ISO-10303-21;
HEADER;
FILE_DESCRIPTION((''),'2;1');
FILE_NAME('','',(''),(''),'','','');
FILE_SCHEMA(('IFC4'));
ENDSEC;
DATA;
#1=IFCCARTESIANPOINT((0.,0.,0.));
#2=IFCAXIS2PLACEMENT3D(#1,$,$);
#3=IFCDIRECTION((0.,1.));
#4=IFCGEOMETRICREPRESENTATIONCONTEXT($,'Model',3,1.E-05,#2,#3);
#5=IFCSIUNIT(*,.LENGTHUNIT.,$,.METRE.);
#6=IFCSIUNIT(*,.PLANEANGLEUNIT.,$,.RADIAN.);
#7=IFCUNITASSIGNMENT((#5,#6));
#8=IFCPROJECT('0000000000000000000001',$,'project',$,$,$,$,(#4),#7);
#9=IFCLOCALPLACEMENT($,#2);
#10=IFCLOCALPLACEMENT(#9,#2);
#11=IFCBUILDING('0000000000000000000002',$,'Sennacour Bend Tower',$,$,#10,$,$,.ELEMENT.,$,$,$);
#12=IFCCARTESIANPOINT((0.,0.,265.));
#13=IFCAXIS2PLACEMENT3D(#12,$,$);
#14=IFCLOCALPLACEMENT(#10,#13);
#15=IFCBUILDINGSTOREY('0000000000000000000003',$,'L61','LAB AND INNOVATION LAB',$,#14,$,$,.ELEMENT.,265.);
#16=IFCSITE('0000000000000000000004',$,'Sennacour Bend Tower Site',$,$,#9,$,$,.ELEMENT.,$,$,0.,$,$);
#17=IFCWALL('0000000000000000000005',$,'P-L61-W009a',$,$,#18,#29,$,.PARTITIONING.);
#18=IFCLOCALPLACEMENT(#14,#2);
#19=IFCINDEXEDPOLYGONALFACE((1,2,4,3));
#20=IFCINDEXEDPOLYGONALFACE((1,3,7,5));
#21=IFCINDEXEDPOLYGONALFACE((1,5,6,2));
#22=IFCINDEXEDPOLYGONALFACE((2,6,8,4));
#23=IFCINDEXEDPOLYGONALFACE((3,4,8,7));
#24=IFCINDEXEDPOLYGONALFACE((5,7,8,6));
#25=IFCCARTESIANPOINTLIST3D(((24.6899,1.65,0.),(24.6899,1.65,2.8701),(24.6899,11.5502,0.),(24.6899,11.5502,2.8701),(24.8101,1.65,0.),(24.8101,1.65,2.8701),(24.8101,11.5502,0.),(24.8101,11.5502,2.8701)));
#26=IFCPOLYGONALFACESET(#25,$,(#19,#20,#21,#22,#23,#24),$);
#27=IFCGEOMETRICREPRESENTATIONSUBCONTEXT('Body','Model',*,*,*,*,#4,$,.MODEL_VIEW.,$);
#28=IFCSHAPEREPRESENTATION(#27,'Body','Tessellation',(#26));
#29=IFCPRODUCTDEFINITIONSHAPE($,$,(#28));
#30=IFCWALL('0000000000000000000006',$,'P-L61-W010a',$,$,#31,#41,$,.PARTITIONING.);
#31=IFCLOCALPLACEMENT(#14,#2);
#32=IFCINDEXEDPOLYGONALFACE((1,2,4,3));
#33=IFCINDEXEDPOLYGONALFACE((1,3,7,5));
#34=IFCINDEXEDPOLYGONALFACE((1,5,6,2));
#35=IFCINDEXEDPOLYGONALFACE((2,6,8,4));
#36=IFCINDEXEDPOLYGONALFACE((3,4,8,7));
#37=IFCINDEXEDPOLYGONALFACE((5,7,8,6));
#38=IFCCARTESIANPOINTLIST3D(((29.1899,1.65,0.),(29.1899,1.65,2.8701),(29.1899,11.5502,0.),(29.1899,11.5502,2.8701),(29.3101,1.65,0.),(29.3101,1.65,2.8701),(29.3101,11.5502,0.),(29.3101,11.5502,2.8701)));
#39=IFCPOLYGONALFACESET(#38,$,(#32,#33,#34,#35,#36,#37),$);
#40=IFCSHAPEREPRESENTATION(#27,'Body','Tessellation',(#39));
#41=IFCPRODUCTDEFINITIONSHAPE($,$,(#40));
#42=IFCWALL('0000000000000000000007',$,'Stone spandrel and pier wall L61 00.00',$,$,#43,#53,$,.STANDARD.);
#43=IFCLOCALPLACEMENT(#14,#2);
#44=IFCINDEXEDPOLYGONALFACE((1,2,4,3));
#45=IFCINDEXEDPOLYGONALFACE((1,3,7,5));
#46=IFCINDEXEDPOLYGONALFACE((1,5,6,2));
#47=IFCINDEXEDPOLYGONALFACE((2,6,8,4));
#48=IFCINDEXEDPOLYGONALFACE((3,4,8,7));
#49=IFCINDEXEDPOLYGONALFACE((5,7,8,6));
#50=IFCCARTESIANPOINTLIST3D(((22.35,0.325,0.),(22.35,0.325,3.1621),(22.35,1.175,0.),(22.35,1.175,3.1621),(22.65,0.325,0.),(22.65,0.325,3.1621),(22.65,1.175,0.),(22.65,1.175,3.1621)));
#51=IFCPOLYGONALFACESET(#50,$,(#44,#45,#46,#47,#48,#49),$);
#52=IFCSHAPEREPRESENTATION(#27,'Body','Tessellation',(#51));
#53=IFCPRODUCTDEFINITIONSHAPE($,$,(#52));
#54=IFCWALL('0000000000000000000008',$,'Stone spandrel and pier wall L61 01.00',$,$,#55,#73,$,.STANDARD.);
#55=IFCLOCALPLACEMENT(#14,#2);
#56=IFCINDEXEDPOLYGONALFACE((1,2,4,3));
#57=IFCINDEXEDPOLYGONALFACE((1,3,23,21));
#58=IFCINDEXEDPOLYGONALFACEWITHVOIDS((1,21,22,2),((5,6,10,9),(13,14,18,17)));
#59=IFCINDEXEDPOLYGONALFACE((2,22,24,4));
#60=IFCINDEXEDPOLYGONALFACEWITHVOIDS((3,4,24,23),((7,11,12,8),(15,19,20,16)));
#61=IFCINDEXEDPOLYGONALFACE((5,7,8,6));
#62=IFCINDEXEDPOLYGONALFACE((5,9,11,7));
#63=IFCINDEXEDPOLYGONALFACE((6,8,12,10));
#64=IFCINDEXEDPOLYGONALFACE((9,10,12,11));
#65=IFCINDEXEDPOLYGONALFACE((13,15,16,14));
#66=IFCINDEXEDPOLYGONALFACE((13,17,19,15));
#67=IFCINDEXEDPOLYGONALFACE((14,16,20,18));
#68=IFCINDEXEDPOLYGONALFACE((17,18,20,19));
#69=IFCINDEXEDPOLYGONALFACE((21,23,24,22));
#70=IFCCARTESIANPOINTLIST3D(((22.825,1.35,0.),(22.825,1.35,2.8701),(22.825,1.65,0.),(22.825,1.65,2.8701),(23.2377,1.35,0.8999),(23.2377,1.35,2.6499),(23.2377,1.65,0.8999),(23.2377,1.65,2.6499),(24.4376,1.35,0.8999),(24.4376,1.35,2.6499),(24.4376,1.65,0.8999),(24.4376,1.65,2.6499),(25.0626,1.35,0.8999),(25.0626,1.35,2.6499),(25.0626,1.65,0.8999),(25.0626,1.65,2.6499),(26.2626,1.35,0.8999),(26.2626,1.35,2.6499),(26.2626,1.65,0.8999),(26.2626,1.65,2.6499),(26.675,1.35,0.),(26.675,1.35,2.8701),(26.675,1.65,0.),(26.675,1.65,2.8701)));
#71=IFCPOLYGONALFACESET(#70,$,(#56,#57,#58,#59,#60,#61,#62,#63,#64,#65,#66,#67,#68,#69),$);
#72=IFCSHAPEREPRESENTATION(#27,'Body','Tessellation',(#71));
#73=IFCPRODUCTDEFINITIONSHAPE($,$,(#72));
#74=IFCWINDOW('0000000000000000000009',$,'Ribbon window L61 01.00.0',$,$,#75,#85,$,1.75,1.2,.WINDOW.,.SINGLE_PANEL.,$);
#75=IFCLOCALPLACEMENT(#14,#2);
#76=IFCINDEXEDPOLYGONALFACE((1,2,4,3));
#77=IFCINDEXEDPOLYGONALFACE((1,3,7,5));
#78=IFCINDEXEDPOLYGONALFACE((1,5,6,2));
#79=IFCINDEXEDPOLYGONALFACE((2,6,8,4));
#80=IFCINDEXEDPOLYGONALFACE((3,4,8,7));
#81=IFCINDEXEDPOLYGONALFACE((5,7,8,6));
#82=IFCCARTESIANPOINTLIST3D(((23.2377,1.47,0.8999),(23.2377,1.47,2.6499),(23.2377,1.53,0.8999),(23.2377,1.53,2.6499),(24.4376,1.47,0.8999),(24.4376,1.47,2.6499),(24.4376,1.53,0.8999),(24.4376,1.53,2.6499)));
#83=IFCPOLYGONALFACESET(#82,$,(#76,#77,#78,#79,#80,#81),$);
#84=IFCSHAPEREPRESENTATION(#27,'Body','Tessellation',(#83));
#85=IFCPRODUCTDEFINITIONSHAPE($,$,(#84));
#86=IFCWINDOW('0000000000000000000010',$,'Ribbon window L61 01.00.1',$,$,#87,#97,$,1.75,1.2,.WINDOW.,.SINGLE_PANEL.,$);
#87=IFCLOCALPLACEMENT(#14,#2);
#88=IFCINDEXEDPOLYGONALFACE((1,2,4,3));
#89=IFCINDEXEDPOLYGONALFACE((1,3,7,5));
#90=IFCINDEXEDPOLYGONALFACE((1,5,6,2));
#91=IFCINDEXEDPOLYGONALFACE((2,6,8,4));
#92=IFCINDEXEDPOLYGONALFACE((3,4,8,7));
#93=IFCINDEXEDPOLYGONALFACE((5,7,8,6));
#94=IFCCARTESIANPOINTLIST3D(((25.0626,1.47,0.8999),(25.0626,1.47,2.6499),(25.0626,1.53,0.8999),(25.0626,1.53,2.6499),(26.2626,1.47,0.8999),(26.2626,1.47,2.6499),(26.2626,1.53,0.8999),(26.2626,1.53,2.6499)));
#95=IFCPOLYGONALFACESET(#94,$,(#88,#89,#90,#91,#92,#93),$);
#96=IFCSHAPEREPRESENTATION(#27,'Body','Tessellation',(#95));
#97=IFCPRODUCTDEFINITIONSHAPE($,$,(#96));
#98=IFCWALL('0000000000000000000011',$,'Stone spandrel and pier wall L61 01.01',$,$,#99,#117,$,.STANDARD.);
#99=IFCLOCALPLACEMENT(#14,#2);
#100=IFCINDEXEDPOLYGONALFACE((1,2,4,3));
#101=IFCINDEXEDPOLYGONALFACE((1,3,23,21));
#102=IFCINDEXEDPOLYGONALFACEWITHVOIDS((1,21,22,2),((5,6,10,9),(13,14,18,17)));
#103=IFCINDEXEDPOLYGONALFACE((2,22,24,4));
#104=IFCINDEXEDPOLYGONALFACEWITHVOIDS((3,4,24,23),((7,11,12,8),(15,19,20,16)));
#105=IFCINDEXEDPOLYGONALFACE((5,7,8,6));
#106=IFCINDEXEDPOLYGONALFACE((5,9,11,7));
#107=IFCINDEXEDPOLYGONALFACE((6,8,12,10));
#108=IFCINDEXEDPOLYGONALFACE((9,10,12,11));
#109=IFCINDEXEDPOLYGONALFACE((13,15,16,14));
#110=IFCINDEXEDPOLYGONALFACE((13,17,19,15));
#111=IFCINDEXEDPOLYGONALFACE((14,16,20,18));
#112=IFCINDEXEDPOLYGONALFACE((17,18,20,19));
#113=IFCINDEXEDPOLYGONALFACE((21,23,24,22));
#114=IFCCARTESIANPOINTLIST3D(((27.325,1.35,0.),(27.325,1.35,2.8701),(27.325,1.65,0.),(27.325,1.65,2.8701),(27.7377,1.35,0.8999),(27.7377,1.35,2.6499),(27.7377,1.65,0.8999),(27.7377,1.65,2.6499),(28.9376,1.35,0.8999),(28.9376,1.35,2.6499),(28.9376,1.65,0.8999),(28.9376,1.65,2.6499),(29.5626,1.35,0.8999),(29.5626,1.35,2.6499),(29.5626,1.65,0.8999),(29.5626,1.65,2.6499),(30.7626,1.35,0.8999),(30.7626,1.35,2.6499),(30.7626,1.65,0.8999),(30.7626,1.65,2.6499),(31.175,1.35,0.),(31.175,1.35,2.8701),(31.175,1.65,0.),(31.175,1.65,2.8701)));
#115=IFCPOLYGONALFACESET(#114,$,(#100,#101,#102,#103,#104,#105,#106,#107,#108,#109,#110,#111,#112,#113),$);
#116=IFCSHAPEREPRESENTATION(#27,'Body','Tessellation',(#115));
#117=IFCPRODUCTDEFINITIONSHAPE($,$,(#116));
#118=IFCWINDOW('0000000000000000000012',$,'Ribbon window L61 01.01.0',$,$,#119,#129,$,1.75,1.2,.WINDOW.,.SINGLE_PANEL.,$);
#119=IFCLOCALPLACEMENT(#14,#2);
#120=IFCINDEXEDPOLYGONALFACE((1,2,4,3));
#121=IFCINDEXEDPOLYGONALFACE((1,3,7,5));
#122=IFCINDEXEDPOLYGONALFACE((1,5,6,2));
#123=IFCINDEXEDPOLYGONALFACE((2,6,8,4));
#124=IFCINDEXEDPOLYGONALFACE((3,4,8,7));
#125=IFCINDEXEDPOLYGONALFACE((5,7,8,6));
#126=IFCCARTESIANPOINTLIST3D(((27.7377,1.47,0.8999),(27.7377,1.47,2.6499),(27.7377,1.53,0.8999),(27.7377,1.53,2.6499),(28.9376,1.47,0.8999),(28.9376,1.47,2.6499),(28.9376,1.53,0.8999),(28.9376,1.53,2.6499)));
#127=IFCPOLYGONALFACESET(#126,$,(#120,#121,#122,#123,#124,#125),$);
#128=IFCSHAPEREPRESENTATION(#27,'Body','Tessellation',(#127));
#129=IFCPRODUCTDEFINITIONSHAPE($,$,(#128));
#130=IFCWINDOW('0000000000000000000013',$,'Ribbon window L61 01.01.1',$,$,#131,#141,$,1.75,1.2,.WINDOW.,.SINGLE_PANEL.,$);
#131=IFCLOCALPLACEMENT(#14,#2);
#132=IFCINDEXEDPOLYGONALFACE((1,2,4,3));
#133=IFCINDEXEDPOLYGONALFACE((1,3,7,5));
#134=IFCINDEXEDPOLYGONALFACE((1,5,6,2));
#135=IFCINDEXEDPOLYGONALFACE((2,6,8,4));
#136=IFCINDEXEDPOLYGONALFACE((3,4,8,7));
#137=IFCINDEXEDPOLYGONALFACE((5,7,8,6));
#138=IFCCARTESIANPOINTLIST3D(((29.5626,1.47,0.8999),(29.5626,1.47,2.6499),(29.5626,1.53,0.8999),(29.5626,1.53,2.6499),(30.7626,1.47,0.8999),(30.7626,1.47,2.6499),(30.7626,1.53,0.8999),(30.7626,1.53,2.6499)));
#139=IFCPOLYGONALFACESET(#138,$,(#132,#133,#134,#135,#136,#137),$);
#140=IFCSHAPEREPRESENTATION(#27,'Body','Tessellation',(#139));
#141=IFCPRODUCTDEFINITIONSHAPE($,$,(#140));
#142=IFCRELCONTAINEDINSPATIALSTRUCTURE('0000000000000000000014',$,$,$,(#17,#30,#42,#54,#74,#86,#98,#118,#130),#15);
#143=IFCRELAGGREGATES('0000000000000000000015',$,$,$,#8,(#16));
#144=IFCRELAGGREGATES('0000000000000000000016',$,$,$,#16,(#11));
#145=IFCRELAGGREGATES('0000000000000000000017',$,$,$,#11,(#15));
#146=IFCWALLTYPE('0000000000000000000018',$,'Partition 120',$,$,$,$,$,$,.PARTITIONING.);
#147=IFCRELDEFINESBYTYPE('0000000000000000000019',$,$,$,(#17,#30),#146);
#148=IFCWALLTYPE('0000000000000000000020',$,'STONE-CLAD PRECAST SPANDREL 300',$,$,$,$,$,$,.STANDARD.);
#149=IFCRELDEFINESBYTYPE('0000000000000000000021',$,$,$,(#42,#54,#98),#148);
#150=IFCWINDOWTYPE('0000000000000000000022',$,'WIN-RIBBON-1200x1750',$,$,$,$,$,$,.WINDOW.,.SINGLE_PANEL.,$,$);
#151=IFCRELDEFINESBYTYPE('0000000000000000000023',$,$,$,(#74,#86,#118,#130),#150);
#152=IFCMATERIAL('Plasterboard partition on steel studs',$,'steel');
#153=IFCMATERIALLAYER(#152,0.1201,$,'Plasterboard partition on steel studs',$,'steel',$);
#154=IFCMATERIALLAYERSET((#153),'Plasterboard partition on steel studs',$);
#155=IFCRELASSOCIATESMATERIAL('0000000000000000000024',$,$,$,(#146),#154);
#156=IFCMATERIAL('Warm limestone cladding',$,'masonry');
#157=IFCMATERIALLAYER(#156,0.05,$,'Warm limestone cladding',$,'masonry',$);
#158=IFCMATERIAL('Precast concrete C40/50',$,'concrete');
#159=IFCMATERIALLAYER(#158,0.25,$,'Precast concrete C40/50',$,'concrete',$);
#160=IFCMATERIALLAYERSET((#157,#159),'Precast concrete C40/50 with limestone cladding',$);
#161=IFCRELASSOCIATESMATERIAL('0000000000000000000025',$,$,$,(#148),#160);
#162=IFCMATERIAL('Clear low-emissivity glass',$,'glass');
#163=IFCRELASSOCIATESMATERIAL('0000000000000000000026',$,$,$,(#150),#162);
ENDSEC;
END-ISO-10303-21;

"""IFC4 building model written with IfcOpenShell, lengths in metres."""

from ifc_helpers import new_model, si_unit, direction, frame, frame_2d, origin, place, context, subcontext, project, spatial, rectangle, extrude, material, layer, layer_set, type_object, element, fill, save


model = new_model("IFC4")

# Units and contexts
model_context = context("Model", 3, precision=1e-05, world=origin(), true_north=direction((0.0, 1.0)))
body_context = subcontext(model_context, "Body", "Model", "MODEL_VIEW")
ifc_project = project(units=[si_unit("LENGTHUNIT", "METRE"), si_unit("PLANEANGLEUNIT", "RADIAN")], contexts=[model_context])

# Site, building, storey
site_placement = place(None, origin())
site = spatial("IfcSite", under=ifc_project, at=site_placement, Name="Sennacour Bend Tower Site", CompositionType="ELEMENT", RefElevation=0.0)
building_placement = place(site_placement, origin())
building = spatial("IfcBuilding", under=site, at=building_placement, Name="Sennacour Bend Tower", CompositionType="ELEMENT")
storey_placement = place(building_placement, frame((0.0, 0.0, 265.0)))
storey = spatial("IfcBuildingStorey", under=building, at=storey_placement, Name="L61", Description="LAB AND INNOVATION LAB", CompositionType="ELEMENT", Elevation=265.0)

# Walls
ifc_material_1 = material(Name="Plasterboard partition on steel studs", Category="steel")
ifc_layer_1 = layer(ifc_material_1, 0.1201, Name="Plasterboard partition on steel studs", Category="steel")
ifc_layer_set_1 = layer_set([ifc_layer_1], Name="Plasterboard partition on steel studs")
wall_type_1 = type_object("IfcWallType", Name="Partition 120", PredefinedType="PARTITIONING", material=ifc_layer_set_1)
for number, where, z_axis, x_axis, name in (
    (1, (24.75, 1.6499, 0.0), (0.0, 0.0, 1.0), (0.0, 1.0, 0.0), "P-L61-W009a"),
    (2, (29.25, 1.6499, 0.0), (0.0, 0.0, 1.0), (0.0, 1.0, 0.0), "P-L61-W010a"),
):
    element("IfcWall", number, at=place(storey_placement, frame(where, z_axis=z_axis, x_axis=x_axis)), inside=storey, type_object=wall_type_1, Name=name, PredefinedType="PARTITIONING", context=body_context, shape_type="SweptSolid", body=[
        extrude(rectangle(XDim=9.9001, YDim=0.1201, at=frame_2d((4.9502, 0.0))), origin(), (0.0, 0.0, 1.0), 2.8701),
    ])
ifc_material_2 = material(Name="Warm limestone cladding", Category="masonry")
ifc_layer_2 = layer(ifc_material_2, 0.05, Name="Warm limestone cladding", Category="masonry")
ifc_material_3 = material(Name="Precast concrete C40/50", Category="concrete")
ifc_layer_3 = layer(ifc_material_3, 0.25, Name="Precast concrete C40/50", Category="concrete")
ifc_layer_set_2 = layer_set([ifc_layer_2, ifc_layer_3], Name="Precast concrete C40/50 with limestone cladding")
wall_type_2 = type_object("IfcWallType", Name="STONE-CLAD PRECAST SPANDREL 300", PredefinedType="STANDARD", material=ifc_layer_set_2)
wall_1_placement = place(storey_placement, frame((22.5, 0.325, 0.0), z_axis=(0.0, 0.0, 1.0), x_axis=(0.0, 1.0, 0.0)))
element("IfcWall", 3, at=wall_1_placement, inside=storey, type_object=wall_type_2, Name="Stone spandrel and pier wall L61 00.00", PredefinedType="STANDARD", context=body_context, shape_type="SweptSolid", body=[
    extrude(rectangle(XDim=0.8501, YDim=0.3, at=frame_2d((0.425, 0.0))), origin(), (0.0, 0.0, 1.0), 3.1621),
])

# Walls, openings, windows
wall_2_placement = place(storey_placement, frame((22.825, 1.5, 0.0), z_axis=(0.0, 0.0, 1.0), x_axis=(1.0, 0.0, 0.0)))
wall_2 = element("IfcWall", 4, at=wall_2_placement, inside=storey, type_object=wall_type_2, Name="Stone spandrel and pier wall L61 01.00", PredefinedType="STANDARD", context=body_context, shape_type="SweptSolid", body=[
    extrude(rectangle(XDim=3.8501, YDim=0.3, at=frame_2d((1.925, 0.0))), origin(), (0.0, 0.0, 1.0), 2.8701),
])
opening_1_placement = place(wall_2_placement, frame((0.4126, 0.0, 0.8999)))
opening_1 = element("IfcOpeningElement", 5, at=opening_1_placement, cuts=wall_2, PredefinedType="OPENING", context=body_context, shape_type="SweptSolid", body=[
    extrude(rectangle(XDim=1.2, YDim=1.75, at=frame_2d((0.6001, 0.875))), frame((0.0, 0.1602, 0.0), z_axis=(0.0, -1.0, 0.0), x_axis=(1.0, 0.0, 0.0)), (0.0, 0.0, 1.0), 0.3201),
])
opening_2_placement = place(wall_2_placement, frame((2.2375, 0.0, 0.8999)))
opening_2 = element("IfcOpeningElement", 6, at=opening_2_placement, cuts=wall_2, PredefinedType="OPENING", context=body_context, shape_type="SweptSolid", body=[
    extrude(rectangle(XDim=1.2, YDim=1.75, at=frame_2d((0.6001, 0.875))), frame((0.0, 0.1602, 0.0), z_axis=(0.0, -1.0, 0.0), x_axis=(1.0, 0.0, 0.0)), (0.0, 0.0, 1.0), 0.3201),
])
ifc_material_4 = material(Name="Clear low-emissivity glass", Category="glass")
window_type = type_object("IfcWindowType", Name="WIN-RIBBON-1200x1750", PartitioningType="SINGLE_PANEL", PredefinedType="WINDOW", material=ifc_material_4)
window_1_placement = place(opening_1_placement, origin())
window_1 = element("IfcWindow", 7, at=window_1_placement, inside=storey, type_object=window_type, Name="Ribbon window L61 01.00.0", OverallHeight=1.75, OverallWidth=1.2, PartitioningType="SINGLE_PANEL", PredefinedType="WINDOW", context=body_context, shape_type="SweptSolid", body=[
    extrude(rectangle(XDim=1.2, YDim=1.75, at=frame_2d((0.6001, 0.875))), frame((0.0, 0.03, 0.0), z_axis=(0.0, -1.0, 0.0), x_axis=(1.0, 0.0, 0.0)), (0.0, 0.0, 1.0), 0.0601),
])
fill(opening_1, window_1)
window_2_placement = place(opening_2_placement, origin())
window_2 = element("IfcWindow", 8, at=window_2_placement, inside=storey, type_object=window_type, Name="Ribbon window L61 01.00.1", OverallHeight=1.75, OverallWidth=1.2, PartitioningType="SINGLE_PANEL", PredefinedType="WINDOW", context=body_context, shape_type="SweptSolid", body=[
    extrude(rectangle(XDim=1.2, YDim=1.75, at=frame_2d((0.6001, 0.875))), frame((0.0, 0.03, 0.0), z_axis=(0.0, -1.0, 0.0), x_axis=(1.0, 0.0, 0.0)), (0.0, 0.0, 1.0), 0.0601),
])
fill(opening_2, window_2)
wall_3_placement = place(storey_placement, frame((27.325, 1.5, 0.0), z_axis=(0.0, 0.0, 1.0), x_axis=(1.0, 0.0, 0.0)))
wall_3 = element("IfcWall", 9, at=wall_3_placement, inside=storey, type_object=wall_type_2, Name="Stone spandrel and pier wall L61 01.01", PredefinedType="STANDARD", context=body_context, shape_type="SweptSolid", body=[
    extrude(rectangle(XDim=3.8501, YDim=0.3, at=frame_2d((1.925, 0.0))), origin(), (0.0, 0.0, 1.0), 2.8701),
])
opening_3_placement = place(wall_3_placement, frame((0.4126, 0.0, 0.8999)))
opening_3 = element("IfcOpeningElement", 10, at=opening_3_placement, cuts=wall_3, PredefinedType="OPENING", context=body_context, shape_type="SweptSolid", body=[
    extrude(rectangle(XDim=1.2, YDim=1.75, at=frame_2d((0.6001, 0.875))), frame((0.0, 0.1602, 0.0), z_axis=(0.0, -1.0, 0.0), x_axis=(1.0, 0.0, 0.0)), (0.0, 0.0, 1.0), 0.3201),
])
opening_4_placement = place(wall_3_placement, frame((2.2375, 0.0, 0.8999)))
opening_4 = element("IfcOpeningElement", 11, at=opening_4_placement, cuts=wall_3, PredefinedType="OPENING", context=body_context, shape_type="SweptSolid", body=[
    extrude(rectangle(XDim=1.2, YDim=1.75, at=frame_2d((0.6001, 0.875))), frame((0.0, 0.1602, 0.0), z_axis=(0.0, -1.0, 0.0), x_axis=(1.0, 0.0, 0.0)), (0.0, 0.0, 1.0), 0.3201),
])
window_3_placement = place(opening_3_placement, origin())
window_3 = element("IfcWindow", 12, at=window_3_placement, inside=storey, type_object=window_type, Name="Ribbon window L61 01.01.0", OverallHeight=1.75, OverallWidth=1.2, PartitioningType="SINGLE_PANEL", PredefinedType="WINDOW", context=body_context, shape_type="SweptSolid", body=[
    extrude(rectangle(XDim=1.2, YDim=1.75, at=frame_2d((0.6001, 0.875))), frame((0.0, 0.03, 0.0), z_axis=(0.0, -1.0, 0.0), x_axis=(1.0, 0.0, 0.0)), (0.0, 0.0, 1.0), 0.0601),
])
fill(opening_3, window_3)
window_4_placement = place(opening_4_placement, origin())
window_4 = element("IfcWindow", 13, at=window_4_placement, inside=storey, type_object=window_type, Name="Ribbon window L61 01.01.1", OverallHeight=1.75, OverallWidth=1.2, PartitioningType="SINGLE_PANEL", PredefinedType="WINDOW", context=body_context, shape_type="SweptSolid", body=[
    extrude(rectangle(XDim=1.2, YDim=1.75, at=frame_2d((0.6001, 0.875))), frame((0.0, 0.03, 0.0), z_axis=(0.0, -1.0, 0.0), x_axis=(1.0, 0.0, 0.0)), (0.0, 0.0, 1.0), 0.0601),
])
fill(opening_4, window_4)

save(model, "model.ifc")
